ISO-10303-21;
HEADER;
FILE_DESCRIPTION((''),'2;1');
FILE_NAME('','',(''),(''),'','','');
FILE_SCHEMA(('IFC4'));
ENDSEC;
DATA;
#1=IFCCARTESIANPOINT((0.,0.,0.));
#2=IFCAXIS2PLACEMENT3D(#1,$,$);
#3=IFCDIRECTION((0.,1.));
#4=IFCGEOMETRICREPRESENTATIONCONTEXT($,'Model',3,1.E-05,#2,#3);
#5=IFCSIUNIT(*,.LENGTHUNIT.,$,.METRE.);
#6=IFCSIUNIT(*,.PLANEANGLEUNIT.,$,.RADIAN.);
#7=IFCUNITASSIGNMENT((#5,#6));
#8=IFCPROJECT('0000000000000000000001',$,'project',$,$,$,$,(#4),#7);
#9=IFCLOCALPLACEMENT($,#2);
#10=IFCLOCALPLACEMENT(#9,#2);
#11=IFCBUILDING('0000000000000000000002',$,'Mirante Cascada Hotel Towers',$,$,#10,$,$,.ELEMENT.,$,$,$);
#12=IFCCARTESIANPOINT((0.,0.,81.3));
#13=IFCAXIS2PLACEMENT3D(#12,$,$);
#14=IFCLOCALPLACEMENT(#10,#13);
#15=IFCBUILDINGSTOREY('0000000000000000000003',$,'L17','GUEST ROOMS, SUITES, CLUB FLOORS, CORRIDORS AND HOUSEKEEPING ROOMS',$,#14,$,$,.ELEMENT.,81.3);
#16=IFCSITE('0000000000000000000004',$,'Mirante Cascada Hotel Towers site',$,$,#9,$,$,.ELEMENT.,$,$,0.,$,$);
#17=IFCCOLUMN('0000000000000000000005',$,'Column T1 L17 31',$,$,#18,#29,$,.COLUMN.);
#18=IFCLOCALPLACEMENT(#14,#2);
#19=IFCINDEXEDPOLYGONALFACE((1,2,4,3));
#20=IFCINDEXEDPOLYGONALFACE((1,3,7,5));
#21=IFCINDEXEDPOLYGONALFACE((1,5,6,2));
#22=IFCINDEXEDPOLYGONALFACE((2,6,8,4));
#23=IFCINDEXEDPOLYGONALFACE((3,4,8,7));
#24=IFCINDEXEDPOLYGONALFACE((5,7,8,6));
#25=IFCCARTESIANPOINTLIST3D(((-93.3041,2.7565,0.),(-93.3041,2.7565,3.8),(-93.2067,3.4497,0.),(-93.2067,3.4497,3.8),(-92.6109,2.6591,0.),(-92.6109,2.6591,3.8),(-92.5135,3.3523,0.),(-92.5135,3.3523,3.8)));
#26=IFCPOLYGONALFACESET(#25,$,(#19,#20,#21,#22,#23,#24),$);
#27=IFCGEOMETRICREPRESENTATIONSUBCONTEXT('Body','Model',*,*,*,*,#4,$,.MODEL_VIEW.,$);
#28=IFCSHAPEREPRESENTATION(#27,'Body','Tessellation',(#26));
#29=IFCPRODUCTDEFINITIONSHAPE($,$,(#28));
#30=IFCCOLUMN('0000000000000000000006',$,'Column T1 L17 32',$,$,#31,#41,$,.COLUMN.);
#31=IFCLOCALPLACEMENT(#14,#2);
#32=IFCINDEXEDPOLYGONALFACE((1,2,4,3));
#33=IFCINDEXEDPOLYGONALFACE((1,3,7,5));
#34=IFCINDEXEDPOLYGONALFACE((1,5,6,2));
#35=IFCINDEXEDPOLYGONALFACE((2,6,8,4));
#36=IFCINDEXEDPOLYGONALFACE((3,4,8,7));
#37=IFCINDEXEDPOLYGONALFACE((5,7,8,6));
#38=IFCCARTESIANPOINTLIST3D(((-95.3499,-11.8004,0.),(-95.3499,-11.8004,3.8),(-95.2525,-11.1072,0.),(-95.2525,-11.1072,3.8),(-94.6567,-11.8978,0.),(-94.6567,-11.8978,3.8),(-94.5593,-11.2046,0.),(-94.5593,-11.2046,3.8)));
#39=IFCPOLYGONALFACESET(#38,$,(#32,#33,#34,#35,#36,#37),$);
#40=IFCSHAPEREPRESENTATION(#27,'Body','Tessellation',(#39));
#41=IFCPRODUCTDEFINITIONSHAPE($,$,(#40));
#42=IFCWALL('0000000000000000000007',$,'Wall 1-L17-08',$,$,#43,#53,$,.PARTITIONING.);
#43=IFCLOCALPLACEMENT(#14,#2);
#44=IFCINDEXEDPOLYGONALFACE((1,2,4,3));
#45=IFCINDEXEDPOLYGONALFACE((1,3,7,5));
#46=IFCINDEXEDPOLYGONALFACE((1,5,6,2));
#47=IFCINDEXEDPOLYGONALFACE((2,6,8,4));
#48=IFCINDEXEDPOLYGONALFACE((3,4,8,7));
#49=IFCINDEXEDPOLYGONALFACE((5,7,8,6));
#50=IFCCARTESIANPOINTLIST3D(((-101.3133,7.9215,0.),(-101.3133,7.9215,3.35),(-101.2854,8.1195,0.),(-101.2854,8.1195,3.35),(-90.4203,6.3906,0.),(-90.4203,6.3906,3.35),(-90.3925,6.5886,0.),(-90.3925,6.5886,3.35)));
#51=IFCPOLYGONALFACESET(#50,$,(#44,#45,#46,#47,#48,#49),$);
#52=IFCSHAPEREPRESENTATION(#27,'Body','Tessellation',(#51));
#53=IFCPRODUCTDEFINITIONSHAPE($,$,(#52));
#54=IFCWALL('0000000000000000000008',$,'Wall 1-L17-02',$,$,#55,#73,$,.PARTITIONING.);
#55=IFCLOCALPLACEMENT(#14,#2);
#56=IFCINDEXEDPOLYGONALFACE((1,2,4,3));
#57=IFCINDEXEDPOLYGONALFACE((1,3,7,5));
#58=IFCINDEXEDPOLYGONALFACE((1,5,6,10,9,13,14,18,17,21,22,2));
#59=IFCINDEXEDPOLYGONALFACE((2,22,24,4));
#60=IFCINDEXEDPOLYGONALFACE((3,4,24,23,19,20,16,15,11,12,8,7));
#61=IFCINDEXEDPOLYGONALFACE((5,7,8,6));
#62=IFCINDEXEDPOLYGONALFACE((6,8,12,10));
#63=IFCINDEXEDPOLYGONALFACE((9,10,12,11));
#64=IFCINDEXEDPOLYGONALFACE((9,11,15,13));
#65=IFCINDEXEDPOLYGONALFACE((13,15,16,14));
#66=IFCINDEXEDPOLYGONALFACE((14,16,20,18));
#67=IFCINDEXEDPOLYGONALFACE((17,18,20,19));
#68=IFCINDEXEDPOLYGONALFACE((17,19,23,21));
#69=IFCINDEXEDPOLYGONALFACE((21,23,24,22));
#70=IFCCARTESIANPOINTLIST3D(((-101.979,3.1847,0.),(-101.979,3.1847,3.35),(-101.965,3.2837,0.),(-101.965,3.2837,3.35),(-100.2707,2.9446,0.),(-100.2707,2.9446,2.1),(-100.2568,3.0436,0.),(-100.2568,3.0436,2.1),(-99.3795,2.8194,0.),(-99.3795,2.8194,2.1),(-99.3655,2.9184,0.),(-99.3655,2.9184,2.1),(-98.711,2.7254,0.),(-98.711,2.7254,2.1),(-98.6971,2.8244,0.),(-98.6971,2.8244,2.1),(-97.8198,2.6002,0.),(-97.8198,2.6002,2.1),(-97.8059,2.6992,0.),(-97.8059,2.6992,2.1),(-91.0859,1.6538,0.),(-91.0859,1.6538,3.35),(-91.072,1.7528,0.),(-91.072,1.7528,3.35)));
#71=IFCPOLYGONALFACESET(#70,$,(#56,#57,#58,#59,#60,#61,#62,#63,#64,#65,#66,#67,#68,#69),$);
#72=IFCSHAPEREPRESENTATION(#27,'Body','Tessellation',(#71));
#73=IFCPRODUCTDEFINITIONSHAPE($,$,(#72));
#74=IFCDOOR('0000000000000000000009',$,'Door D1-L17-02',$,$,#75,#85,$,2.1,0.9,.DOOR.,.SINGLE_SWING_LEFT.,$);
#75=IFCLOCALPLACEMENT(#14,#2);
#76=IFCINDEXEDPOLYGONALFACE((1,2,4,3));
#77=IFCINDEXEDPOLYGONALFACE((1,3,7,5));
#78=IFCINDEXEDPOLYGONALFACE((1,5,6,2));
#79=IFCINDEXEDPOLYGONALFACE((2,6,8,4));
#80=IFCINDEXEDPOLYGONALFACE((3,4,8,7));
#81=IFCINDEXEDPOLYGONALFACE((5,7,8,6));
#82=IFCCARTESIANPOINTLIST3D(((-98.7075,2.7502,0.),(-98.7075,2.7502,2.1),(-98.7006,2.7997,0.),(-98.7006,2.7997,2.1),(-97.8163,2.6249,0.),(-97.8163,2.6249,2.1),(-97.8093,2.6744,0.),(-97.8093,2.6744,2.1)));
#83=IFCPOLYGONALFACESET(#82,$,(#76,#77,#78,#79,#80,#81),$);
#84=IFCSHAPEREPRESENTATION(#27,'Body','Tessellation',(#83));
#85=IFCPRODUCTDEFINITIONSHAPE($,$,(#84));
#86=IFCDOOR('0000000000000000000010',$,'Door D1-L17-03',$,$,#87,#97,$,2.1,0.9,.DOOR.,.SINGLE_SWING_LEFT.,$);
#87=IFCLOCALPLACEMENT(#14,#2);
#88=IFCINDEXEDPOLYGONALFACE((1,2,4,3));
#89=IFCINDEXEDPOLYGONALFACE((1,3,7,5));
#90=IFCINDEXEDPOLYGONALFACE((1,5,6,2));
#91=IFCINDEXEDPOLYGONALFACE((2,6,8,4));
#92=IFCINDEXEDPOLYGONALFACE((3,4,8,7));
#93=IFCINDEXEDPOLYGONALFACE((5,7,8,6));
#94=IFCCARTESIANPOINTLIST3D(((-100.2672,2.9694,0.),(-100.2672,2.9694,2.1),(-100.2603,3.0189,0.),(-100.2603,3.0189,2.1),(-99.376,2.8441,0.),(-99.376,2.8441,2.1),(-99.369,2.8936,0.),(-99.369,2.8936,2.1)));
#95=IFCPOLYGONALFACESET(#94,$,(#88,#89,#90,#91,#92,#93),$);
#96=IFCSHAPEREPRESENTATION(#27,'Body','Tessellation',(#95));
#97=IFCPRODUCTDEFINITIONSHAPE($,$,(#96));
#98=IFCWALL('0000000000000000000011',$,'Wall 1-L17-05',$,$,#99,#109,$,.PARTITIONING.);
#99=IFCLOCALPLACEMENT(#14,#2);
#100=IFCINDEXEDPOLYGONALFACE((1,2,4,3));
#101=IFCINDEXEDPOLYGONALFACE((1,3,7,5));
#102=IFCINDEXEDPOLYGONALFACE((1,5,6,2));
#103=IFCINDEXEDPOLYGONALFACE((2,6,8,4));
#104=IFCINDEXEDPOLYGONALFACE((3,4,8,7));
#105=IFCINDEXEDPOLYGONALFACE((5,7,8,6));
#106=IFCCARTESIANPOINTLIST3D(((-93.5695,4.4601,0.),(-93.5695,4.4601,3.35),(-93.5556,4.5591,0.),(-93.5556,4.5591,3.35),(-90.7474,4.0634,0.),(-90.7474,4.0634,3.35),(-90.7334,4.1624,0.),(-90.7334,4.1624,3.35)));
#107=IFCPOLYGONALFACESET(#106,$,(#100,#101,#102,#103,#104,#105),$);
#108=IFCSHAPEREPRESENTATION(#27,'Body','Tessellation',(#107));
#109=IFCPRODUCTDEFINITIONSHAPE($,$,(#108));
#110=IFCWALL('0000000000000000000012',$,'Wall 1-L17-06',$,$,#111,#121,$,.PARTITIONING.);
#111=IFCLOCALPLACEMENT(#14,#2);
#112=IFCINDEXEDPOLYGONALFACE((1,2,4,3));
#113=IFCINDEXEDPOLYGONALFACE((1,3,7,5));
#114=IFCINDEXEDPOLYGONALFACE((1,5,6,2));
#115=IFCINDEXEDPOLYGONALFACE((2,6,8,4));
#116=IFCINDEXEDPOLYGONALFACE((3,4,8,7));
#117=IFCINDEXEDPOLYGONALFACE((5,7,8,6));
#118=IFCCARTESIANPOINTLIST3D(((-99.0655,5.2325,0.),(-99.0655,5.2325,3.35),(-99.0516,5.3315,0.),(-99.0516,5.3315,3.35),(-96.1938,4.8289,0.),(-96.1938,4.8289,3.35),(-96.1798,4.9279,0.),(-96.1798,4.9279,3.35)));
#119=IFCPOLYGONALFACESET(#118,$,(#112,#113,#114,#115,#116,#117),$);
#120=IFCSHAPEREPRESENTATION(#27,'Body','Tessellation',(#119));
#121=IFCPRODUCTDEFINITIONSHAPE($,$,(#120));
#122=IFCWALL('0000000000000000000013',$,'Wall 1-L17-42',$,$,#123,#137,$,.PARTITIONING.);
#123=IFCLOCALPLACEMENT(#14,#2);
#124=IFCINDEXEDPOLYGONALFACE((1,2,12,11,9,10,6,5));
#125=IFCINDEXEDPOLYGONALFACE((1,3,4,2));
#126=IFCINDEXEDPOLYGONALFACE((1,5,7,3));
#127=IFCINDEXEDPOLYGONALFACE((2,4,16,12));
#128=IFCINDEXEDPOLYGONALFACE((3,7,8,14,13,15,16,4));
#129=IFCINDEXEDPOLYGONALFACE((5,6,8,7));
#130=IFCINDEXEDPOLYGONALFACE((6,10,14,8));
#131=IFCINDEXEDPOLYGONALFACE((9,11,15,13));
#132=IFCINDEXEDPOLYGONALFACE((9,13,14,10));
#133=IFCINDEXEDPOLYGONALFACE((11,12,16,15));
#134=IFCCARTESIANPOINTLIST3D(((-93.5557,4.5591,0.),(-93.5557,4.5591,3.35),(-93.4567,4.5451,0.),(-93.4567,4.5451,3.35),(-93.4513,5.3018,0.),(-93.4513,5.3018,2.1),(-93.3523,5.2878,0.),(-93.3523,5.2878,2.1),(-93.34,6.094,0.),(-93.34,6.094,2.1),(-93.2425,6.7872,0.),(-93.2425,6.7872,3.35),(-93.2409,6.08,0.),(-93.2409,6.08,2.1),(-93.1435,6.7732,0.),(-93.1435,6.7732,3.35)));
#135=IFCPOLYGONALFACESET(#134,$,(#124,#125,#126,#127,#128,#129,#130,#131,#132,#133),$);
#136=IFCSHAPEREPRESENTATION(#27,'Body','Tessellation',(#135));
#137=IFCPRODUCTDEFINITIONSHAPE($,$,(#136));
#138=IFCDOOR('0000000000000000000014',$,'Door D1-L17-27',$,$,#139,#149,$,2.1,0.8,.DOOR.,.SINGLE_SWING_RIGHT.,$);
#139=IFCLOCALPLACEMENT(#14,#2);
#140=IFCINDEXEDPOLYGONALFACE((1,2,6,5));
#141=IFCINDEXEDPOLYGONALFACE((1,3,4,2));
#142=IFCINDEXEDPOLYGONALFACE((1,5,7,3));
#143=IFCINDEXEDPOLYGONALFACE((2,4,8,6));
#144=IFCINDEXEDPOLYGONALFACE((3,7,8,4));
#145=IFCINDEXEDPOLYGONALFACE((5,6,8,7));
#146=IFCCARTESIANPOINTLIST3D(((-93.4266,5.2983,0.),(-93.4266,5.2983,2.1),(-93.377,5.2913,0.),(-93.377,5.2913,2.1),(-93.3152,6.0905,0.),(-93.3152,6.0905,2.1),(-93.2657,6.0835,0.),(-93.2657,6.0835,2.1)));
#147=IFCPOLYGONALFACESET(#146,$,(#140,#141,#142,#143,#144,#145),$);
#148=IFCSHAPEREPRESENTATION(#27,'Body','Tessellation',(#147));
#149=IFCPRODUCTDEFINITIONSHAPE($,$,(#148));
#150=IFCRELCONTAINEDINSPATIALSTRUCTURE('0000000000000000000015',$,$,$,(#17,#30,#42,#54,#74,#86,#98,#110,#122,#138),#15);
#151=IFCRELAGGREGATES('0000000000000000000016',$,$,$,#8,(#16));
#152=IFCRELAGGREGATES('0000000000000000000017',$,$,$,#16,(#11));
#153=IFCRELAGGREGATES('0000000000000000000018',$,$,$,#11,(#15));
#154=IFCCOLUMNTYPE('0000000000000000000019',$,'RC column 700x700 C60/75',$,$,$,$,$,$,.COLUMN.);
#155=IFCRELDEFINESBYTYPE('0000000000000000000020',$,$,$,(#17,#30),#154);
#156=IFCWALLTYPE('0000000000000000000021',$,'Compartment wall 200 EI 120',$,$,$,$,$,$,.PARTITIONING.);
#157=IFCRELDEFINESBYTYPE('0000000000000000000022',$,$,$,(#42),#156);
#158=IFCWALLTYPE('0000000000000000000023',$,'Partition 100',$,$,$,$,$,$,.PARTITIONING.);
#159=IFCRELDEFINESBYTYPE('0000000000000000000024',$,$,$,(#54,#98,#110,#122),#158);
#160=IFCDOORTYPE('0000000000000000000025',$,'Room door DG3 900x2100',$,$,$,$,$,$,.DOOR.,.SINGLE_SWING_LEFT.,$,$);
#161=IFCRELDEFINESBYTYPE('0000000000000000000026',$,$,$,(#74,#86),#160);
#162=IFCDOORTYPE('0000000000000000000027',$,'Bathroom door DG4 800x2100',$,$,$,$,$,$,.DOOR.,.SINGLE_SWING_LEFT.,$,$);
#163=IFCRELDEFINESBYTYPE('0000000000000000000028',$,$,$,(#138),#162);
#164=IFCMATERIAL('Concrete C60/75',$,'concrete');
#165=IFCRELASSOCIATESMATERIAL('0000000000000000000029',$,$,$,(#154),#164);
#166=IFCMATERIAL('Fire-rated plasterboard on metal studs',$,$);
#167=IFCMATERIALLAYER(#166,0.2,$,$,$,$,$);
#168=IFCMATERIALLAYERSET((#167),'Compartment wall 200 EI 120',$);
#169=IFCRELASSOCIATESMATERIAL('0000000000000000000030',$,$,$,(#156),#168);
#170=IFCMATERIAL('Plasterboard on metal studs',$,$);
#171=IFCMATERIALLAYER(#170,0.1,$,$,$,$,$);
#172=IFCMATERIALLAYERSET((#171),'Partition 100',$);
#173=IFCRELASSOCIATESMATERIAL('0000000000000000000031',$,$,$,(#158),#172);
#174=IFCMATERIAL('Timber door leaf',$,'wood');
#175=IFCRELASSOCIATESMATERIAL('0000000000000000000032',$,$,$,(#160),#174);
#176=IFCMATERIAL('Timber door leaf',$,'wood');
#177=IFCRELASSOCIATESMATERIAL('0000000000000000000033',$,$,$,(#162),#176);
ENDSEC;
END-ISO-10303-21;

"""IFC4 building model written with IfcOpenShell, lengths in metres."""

from ifc_helpers import new_model, si_unit, direction, frame, frame_2d, origin, origin_2d, place, context, subcontext, project, spatial, rectangle, extrude, material, layer, layer_set, material_profile, profile_set, type_object, element, fill, save


model = new_model("IFC4")

# Units and contexts
model_context = context("Model", 3, precision=1e-05, world=origin(), true_north=direction((0.0, 1.0)))
body_context = subcontext(model_context, "Body", "Model", "MODEL_VIEW")
ifc_project = project(units=[si_unit("LENGTHUNIT", "METRE"), si_unit("PLANEANGLEUNIT", "RADIAN")], contexts=[model_context])

# Site, building, storey
site_placement = place(None, origin())
site = spatial("IfcSite", under=ifc_project, at=site_placement, Name="Mirante Cascada Hotel Towers site", CompositionType="ELEMENT", RefElevation=0.0)
building_placement = place(site_placement, origin())
building = spatial("IfcBuilding", under=site, at=building_placement, Name="Mirante Cascada Hotel Towers", CompositionType="ELEMENT")
storey_placement = place(building_placement, frame((0.0, 0.0, 81.3)))
storey = spatial("IfcBuildingStorey", under=building, at=storey_placement, Name="L17", Description="GUEST ROOMS, SUITES, CLUB FLOORS, CORRIDORS AND HOUSEKEEPING ROOMS", CompositionType="ELEMENT", Elevation=81.3)

# Columns
ifc_material_1 = material(Name="Concrete C60/75", Category="concrete")
ifc_material_profile = material_profile(ifc_material_1, rectangle(XDim=0.7, YDim=0.7, at=origin_2d()), Name="RC column 700x700 C60/75")
ifc_profile_set = profile_set([ifc_material_profile], Name="Concrete C60/75")
column_type = type_object("IfcColumnType", Name="RC column 700x700 C60/75", PredefinedType="COLUMN", material=ifc_profile_set)
for number, where, z_axis, x_axis, name in (
    (1, (-92.9088, 3.0544, 0.0), (0.0, 0.0, 1.0), (-0.990268, 0.139173, 0.0), "Column T1 L17 31"),
    (2, (-94.9546, -11.5025, 0.0), (0.0, 0.0, 1.0), (-0.990268, 0.139173, 0.0), "Column T1 L17 32"),
):
    element("IfcColumn", number, at=place(storey_placement, frame(where, z_axis=z_axis, x_axis=x_axis)), inside=storey, type_object=column_type, Name=name, PredefinedType="COLUMN", context=body_context, shape_type="SweptSolid", body=[
        extrude(rectangle(XDim=0.7, YDim=0.7, at=origin_2d()), origin(), (0.0, 0.0, 1.0), 3.8),
    ])

# Wall
ifc_material_2 = material(Name="Fire-rated plasterboard on metal studs")
ifc_layer_1 = layer(ifc_material_2, 0.2)
ifc_layer_set_1 = layer_set([ifc_layer_1], Name="Compartment wall 200 EI 120")
wall_type_1 = type_object("IfcWallType", Name="Compartment wall 200 EI 120", PredefinedType="PARTITIONING", material=ifc_layer_set_1)
wall_1_placement = place(storey_placement, frame((-90.4064, 6.4896, 0.0), z_axis=(0.0, 0.0, 1.0), x_axis=(-0.990268, 0.139173, 0.0)))
element("IfcWall", 3, at=wall_1_placement, inside=storey, type_object=wall_type_1, Name="Wall 1-L17-08", PredefinedType="PARTITIONING", context=body_context, shape_type="SweptSolid", body=[
    extrude(rectangle(XDim=11.0, YDim=0.2, at=frame_2d((5.5, 0.0))), origin(), (0.0, 0.0, 1.0), 3.35),
])

# Wall, openings, doors
ifc_material_3 = material(Name="Plasterboard on metal studs")
ifc_layer_2 = layer(ifc_material_3, 0.1)
ifc_layer_set_2 = layer_set([ifc_layer_2], Name="Partition 100")
wall_type_2 = type_object("IfcWallType", Name="Partition 100", PredefinedType="PARTITIONING", material=ifc_layer_set_2)
wall_2_placement = place(storey_placement, frame((-91.079, 1.7033, 0.0), z_axis=(0.0, 0.0, 1.0), x_axis=(-0.990268, 0.139172, 0.0)))
wall_2 = element("IfcWall", 4, at=wall_2_placement, inside=storey, type_object=wall_type_2, Name="Wall 1-L17-02", PredefinedType="PARTITIONING", context=body_context, shape_type="SweptSolid", body=[
    extrude(rectangle(XDim=11.0001, YDim=0.1, at=frame_2d((5.5, 0.0))), origin(), (0.0, 0.0, 1.0), 3.35),
])
opening_1_placement = place(wall_2_placement, frame((6.8, 0.0, 0.0)))
opening_1 = element("IfcOpeningElement", 5, at=opening_1_placement, cuts=wall_2, PredefinedType="OPENING", context=body_context, shape_type="SweptSolid", body=[
    extrude(rectangle(XDim=0.9, YDim=2.1, at=frame_2d((0.45, 1.05))), frame((0.0, 0.05, 0.0), z_axis=(0.0, -1.0, 0.0), x_axis=(1.0, 0.0, 0.0)), (0.0, 0.0, 1.0), 0.1),
])
opening_2_placement = place(wall_2_placement, frame((8.375, 0.0, 0.0)))
opening_2 = element("IfcOpeningElement", 6, at=opening_2_placement, cuts=wall_2, PredefinedType="OPENING", context=body_context, shape_type="SweptSolid", body=[
    extrude(rectangle(XDim=0.9, YDim=2.1, at=frame_2d((0.45, 1.05))), frame((0.0, 0.05, 0.0), z_axis=(0.0, -1.0, 0.0), x_axis=(1.0, 0.0, 0.0)), (0.0, 0.0, 1.0), 0.1),
])
ifc_material_4 = material(Name="Timber door leaf", Category="wood")
door_type_1 = type_object("IfcDoorType", Name="Room door DG3 900x2100", OperationType="SINGLE_SWING_LEFT", PredefinedType="DOOR", material=ifc_material_4)
door_1_placement = place(opening_1_placement, origin())
door_1 = element("IfcDoor", 7, at=door_1_placement, inside=storey, type_object=door_type_1, Name="Door D1-L17-02", OperationType="SINGLE_SWING_LEFT", OverallHeight=2.1, OverallWidth=0.9, PredefinedType="DOOR", context=body_context, shape_type="SweptSolid", body=[
    extrude(rectangle(XDim=0.9, YDim=2.1, at=frame_2d((0.45, 1.05))), frame((0.0, 0.025, 0.0), z_axis=(0.0, -1.0, 0.0), x_axis=(1.0, 0.0, 0.0)), (0.0, 0.0, 1.0), 0.05),
])
fill(opening_1, door_1)
door_2_placement = place(opening_2_placement, origin())
door_2 = element("IfcDoor", 8, at=door_2_placement, inside=storey, type_object=door_type_1, Name="Door D1-L17-03", OperationType="SINGLE_SWING_LEFT", OverallHeight=2.1, OverallWidth=0.9, PredefinedType="DOOR", context=body_context, shape_type="SweptSolid", body=[
    extrude(rectangle(XDim=0.9, YDim=2.1, at=frame_2d((0.45, 1.05))), frame((0.0, 0.025, 0.0), z_axis=(0.0, -1.0, 0.0), x_axis=(1.0, 0.0, 0.0)), (0.0, 0.0, 1.0), 0.05),
])
fill(opening_2, door_2)

# Walls
wall_3_placement = place(storey_placement, frame((-93.5626, 4.5096, 0.0), z_axis=(0.0, 0.0, 1.0), x_axis=(0.990265, -0.139196, 0.0)))
element("IfcWall", 9, at=wall_3_placement, inside=storey, type_object=wall_type_2, Name="Wall 1-L17-05", PredefinedType="PARTITIONING", context=body_context, shape_type="SweptSolid", body=[
    extrude(rectangle(XDim=2.8499, YDim=0.1, at=frame_2d((1.425, 0.0))), origin(), (0.0, 0.0, 1.0), 3.35),
])
wall_4_placement = place(storey_placement, frame((-96.1868, 4.8784, 0.0), z_axis=(0.0, 0.0, 1.0), x_axis=(-0.990268, 0.139171, 0.0)))
element("IfcWall", 10, at=wall_4_placement, inside=storey, type_object=wall_type_2, Name="Wall 1-L17-06", PredefinedType="PARTITIONING", context=body_context, shape_type="SweptSolid", body=[
    extrude(rectangle(XDim=2.9, YDim=0.1, at=frame_2d((1.45, 0.0))), origin(), (0.0, 0.0, 1.0), 3.35),
])

# Wall, opening, door
wall_5_placement = place(storey_placement, frame((-93.5062, 4.5521, 0.0), z_axis=(0.0, 0.0, 1.0), x_axis=(0.1392, 0.990264, 0.0)))
wall_5 = element("IfcWall", 11, at=wall_5_placement, inside=storey, type_object=wall_type_2, Name="Wall 1-L17-42", PredefinedType="PARTITIONING", context=body_context, shape_type="SweptSolid", body=[
    extrude(rectangle(XDim=2.25, YDim=0.1, at=frame_2d((1.125, 0.0))), origin(), (0.0, 0.0, 1.0), 3.35),
])
opening_3_placement = place(wall_5_placement, frame((0.75, 0.0, 0.0)))
opening_3 = element("IfcOpeningElement", 12, at=opening_3_placement, cuts=wall_5, PredefinedType="OPENING", context=body_context, shape_type="SweptSolid", body=[
    extrude(rectangle(XDim=0.8, YDim=2.1, at=frame_2d((0.4, 1.05))), frame((0.0, 0.05, 0.0), z_axis=(0.0, -1.0, 0.0), x_axis=(1.0, 0.0, 0.0)), (0.0, 0.0, 1.0), 0.1),
])
ifc_material_5 = material(Name="Timber door leaf", Category="wood")
door_type_2 = type_object("IfcDoorType", Name="Bathroom door DG4 800x2100", OperationType="SINGLE_SWING_LEFT", PredefinedType="DOOR", material=ifc_material_5)
door_3_placement = place(opening_3_placement, frame((0.8, 0.0, 0.0), z_axis=(0.0, 0.0, 1.0), x_axis=(-1.0, 0.0, 0.0)))
door_3 = element("IfcDoor", 13, at=door_3_placement, inside=storey, type_object=door_type_2, Name="Door D1-L17-27", OperationType="SINGLE_SWING_RIGHT", OverallHeight=2.1, OverallWidth=0.8, PredefinedType="DOOR", context=body_context, shape_type="SweptSolid", body=[
    extrude(rectangle(XDim=0.8, YDim=2.1, at=frame_2d((0.4, 1.05))), frame((0.0, 0.025, 0.0), z_axis=(0.0, -1.0, 0.0), x_axis=(1.0, 0.0, 0.0)), (0.0, 0.0, 1.0), 0.05),
])
fill(opening_3, door_3)

save(model, "model.ifc")
